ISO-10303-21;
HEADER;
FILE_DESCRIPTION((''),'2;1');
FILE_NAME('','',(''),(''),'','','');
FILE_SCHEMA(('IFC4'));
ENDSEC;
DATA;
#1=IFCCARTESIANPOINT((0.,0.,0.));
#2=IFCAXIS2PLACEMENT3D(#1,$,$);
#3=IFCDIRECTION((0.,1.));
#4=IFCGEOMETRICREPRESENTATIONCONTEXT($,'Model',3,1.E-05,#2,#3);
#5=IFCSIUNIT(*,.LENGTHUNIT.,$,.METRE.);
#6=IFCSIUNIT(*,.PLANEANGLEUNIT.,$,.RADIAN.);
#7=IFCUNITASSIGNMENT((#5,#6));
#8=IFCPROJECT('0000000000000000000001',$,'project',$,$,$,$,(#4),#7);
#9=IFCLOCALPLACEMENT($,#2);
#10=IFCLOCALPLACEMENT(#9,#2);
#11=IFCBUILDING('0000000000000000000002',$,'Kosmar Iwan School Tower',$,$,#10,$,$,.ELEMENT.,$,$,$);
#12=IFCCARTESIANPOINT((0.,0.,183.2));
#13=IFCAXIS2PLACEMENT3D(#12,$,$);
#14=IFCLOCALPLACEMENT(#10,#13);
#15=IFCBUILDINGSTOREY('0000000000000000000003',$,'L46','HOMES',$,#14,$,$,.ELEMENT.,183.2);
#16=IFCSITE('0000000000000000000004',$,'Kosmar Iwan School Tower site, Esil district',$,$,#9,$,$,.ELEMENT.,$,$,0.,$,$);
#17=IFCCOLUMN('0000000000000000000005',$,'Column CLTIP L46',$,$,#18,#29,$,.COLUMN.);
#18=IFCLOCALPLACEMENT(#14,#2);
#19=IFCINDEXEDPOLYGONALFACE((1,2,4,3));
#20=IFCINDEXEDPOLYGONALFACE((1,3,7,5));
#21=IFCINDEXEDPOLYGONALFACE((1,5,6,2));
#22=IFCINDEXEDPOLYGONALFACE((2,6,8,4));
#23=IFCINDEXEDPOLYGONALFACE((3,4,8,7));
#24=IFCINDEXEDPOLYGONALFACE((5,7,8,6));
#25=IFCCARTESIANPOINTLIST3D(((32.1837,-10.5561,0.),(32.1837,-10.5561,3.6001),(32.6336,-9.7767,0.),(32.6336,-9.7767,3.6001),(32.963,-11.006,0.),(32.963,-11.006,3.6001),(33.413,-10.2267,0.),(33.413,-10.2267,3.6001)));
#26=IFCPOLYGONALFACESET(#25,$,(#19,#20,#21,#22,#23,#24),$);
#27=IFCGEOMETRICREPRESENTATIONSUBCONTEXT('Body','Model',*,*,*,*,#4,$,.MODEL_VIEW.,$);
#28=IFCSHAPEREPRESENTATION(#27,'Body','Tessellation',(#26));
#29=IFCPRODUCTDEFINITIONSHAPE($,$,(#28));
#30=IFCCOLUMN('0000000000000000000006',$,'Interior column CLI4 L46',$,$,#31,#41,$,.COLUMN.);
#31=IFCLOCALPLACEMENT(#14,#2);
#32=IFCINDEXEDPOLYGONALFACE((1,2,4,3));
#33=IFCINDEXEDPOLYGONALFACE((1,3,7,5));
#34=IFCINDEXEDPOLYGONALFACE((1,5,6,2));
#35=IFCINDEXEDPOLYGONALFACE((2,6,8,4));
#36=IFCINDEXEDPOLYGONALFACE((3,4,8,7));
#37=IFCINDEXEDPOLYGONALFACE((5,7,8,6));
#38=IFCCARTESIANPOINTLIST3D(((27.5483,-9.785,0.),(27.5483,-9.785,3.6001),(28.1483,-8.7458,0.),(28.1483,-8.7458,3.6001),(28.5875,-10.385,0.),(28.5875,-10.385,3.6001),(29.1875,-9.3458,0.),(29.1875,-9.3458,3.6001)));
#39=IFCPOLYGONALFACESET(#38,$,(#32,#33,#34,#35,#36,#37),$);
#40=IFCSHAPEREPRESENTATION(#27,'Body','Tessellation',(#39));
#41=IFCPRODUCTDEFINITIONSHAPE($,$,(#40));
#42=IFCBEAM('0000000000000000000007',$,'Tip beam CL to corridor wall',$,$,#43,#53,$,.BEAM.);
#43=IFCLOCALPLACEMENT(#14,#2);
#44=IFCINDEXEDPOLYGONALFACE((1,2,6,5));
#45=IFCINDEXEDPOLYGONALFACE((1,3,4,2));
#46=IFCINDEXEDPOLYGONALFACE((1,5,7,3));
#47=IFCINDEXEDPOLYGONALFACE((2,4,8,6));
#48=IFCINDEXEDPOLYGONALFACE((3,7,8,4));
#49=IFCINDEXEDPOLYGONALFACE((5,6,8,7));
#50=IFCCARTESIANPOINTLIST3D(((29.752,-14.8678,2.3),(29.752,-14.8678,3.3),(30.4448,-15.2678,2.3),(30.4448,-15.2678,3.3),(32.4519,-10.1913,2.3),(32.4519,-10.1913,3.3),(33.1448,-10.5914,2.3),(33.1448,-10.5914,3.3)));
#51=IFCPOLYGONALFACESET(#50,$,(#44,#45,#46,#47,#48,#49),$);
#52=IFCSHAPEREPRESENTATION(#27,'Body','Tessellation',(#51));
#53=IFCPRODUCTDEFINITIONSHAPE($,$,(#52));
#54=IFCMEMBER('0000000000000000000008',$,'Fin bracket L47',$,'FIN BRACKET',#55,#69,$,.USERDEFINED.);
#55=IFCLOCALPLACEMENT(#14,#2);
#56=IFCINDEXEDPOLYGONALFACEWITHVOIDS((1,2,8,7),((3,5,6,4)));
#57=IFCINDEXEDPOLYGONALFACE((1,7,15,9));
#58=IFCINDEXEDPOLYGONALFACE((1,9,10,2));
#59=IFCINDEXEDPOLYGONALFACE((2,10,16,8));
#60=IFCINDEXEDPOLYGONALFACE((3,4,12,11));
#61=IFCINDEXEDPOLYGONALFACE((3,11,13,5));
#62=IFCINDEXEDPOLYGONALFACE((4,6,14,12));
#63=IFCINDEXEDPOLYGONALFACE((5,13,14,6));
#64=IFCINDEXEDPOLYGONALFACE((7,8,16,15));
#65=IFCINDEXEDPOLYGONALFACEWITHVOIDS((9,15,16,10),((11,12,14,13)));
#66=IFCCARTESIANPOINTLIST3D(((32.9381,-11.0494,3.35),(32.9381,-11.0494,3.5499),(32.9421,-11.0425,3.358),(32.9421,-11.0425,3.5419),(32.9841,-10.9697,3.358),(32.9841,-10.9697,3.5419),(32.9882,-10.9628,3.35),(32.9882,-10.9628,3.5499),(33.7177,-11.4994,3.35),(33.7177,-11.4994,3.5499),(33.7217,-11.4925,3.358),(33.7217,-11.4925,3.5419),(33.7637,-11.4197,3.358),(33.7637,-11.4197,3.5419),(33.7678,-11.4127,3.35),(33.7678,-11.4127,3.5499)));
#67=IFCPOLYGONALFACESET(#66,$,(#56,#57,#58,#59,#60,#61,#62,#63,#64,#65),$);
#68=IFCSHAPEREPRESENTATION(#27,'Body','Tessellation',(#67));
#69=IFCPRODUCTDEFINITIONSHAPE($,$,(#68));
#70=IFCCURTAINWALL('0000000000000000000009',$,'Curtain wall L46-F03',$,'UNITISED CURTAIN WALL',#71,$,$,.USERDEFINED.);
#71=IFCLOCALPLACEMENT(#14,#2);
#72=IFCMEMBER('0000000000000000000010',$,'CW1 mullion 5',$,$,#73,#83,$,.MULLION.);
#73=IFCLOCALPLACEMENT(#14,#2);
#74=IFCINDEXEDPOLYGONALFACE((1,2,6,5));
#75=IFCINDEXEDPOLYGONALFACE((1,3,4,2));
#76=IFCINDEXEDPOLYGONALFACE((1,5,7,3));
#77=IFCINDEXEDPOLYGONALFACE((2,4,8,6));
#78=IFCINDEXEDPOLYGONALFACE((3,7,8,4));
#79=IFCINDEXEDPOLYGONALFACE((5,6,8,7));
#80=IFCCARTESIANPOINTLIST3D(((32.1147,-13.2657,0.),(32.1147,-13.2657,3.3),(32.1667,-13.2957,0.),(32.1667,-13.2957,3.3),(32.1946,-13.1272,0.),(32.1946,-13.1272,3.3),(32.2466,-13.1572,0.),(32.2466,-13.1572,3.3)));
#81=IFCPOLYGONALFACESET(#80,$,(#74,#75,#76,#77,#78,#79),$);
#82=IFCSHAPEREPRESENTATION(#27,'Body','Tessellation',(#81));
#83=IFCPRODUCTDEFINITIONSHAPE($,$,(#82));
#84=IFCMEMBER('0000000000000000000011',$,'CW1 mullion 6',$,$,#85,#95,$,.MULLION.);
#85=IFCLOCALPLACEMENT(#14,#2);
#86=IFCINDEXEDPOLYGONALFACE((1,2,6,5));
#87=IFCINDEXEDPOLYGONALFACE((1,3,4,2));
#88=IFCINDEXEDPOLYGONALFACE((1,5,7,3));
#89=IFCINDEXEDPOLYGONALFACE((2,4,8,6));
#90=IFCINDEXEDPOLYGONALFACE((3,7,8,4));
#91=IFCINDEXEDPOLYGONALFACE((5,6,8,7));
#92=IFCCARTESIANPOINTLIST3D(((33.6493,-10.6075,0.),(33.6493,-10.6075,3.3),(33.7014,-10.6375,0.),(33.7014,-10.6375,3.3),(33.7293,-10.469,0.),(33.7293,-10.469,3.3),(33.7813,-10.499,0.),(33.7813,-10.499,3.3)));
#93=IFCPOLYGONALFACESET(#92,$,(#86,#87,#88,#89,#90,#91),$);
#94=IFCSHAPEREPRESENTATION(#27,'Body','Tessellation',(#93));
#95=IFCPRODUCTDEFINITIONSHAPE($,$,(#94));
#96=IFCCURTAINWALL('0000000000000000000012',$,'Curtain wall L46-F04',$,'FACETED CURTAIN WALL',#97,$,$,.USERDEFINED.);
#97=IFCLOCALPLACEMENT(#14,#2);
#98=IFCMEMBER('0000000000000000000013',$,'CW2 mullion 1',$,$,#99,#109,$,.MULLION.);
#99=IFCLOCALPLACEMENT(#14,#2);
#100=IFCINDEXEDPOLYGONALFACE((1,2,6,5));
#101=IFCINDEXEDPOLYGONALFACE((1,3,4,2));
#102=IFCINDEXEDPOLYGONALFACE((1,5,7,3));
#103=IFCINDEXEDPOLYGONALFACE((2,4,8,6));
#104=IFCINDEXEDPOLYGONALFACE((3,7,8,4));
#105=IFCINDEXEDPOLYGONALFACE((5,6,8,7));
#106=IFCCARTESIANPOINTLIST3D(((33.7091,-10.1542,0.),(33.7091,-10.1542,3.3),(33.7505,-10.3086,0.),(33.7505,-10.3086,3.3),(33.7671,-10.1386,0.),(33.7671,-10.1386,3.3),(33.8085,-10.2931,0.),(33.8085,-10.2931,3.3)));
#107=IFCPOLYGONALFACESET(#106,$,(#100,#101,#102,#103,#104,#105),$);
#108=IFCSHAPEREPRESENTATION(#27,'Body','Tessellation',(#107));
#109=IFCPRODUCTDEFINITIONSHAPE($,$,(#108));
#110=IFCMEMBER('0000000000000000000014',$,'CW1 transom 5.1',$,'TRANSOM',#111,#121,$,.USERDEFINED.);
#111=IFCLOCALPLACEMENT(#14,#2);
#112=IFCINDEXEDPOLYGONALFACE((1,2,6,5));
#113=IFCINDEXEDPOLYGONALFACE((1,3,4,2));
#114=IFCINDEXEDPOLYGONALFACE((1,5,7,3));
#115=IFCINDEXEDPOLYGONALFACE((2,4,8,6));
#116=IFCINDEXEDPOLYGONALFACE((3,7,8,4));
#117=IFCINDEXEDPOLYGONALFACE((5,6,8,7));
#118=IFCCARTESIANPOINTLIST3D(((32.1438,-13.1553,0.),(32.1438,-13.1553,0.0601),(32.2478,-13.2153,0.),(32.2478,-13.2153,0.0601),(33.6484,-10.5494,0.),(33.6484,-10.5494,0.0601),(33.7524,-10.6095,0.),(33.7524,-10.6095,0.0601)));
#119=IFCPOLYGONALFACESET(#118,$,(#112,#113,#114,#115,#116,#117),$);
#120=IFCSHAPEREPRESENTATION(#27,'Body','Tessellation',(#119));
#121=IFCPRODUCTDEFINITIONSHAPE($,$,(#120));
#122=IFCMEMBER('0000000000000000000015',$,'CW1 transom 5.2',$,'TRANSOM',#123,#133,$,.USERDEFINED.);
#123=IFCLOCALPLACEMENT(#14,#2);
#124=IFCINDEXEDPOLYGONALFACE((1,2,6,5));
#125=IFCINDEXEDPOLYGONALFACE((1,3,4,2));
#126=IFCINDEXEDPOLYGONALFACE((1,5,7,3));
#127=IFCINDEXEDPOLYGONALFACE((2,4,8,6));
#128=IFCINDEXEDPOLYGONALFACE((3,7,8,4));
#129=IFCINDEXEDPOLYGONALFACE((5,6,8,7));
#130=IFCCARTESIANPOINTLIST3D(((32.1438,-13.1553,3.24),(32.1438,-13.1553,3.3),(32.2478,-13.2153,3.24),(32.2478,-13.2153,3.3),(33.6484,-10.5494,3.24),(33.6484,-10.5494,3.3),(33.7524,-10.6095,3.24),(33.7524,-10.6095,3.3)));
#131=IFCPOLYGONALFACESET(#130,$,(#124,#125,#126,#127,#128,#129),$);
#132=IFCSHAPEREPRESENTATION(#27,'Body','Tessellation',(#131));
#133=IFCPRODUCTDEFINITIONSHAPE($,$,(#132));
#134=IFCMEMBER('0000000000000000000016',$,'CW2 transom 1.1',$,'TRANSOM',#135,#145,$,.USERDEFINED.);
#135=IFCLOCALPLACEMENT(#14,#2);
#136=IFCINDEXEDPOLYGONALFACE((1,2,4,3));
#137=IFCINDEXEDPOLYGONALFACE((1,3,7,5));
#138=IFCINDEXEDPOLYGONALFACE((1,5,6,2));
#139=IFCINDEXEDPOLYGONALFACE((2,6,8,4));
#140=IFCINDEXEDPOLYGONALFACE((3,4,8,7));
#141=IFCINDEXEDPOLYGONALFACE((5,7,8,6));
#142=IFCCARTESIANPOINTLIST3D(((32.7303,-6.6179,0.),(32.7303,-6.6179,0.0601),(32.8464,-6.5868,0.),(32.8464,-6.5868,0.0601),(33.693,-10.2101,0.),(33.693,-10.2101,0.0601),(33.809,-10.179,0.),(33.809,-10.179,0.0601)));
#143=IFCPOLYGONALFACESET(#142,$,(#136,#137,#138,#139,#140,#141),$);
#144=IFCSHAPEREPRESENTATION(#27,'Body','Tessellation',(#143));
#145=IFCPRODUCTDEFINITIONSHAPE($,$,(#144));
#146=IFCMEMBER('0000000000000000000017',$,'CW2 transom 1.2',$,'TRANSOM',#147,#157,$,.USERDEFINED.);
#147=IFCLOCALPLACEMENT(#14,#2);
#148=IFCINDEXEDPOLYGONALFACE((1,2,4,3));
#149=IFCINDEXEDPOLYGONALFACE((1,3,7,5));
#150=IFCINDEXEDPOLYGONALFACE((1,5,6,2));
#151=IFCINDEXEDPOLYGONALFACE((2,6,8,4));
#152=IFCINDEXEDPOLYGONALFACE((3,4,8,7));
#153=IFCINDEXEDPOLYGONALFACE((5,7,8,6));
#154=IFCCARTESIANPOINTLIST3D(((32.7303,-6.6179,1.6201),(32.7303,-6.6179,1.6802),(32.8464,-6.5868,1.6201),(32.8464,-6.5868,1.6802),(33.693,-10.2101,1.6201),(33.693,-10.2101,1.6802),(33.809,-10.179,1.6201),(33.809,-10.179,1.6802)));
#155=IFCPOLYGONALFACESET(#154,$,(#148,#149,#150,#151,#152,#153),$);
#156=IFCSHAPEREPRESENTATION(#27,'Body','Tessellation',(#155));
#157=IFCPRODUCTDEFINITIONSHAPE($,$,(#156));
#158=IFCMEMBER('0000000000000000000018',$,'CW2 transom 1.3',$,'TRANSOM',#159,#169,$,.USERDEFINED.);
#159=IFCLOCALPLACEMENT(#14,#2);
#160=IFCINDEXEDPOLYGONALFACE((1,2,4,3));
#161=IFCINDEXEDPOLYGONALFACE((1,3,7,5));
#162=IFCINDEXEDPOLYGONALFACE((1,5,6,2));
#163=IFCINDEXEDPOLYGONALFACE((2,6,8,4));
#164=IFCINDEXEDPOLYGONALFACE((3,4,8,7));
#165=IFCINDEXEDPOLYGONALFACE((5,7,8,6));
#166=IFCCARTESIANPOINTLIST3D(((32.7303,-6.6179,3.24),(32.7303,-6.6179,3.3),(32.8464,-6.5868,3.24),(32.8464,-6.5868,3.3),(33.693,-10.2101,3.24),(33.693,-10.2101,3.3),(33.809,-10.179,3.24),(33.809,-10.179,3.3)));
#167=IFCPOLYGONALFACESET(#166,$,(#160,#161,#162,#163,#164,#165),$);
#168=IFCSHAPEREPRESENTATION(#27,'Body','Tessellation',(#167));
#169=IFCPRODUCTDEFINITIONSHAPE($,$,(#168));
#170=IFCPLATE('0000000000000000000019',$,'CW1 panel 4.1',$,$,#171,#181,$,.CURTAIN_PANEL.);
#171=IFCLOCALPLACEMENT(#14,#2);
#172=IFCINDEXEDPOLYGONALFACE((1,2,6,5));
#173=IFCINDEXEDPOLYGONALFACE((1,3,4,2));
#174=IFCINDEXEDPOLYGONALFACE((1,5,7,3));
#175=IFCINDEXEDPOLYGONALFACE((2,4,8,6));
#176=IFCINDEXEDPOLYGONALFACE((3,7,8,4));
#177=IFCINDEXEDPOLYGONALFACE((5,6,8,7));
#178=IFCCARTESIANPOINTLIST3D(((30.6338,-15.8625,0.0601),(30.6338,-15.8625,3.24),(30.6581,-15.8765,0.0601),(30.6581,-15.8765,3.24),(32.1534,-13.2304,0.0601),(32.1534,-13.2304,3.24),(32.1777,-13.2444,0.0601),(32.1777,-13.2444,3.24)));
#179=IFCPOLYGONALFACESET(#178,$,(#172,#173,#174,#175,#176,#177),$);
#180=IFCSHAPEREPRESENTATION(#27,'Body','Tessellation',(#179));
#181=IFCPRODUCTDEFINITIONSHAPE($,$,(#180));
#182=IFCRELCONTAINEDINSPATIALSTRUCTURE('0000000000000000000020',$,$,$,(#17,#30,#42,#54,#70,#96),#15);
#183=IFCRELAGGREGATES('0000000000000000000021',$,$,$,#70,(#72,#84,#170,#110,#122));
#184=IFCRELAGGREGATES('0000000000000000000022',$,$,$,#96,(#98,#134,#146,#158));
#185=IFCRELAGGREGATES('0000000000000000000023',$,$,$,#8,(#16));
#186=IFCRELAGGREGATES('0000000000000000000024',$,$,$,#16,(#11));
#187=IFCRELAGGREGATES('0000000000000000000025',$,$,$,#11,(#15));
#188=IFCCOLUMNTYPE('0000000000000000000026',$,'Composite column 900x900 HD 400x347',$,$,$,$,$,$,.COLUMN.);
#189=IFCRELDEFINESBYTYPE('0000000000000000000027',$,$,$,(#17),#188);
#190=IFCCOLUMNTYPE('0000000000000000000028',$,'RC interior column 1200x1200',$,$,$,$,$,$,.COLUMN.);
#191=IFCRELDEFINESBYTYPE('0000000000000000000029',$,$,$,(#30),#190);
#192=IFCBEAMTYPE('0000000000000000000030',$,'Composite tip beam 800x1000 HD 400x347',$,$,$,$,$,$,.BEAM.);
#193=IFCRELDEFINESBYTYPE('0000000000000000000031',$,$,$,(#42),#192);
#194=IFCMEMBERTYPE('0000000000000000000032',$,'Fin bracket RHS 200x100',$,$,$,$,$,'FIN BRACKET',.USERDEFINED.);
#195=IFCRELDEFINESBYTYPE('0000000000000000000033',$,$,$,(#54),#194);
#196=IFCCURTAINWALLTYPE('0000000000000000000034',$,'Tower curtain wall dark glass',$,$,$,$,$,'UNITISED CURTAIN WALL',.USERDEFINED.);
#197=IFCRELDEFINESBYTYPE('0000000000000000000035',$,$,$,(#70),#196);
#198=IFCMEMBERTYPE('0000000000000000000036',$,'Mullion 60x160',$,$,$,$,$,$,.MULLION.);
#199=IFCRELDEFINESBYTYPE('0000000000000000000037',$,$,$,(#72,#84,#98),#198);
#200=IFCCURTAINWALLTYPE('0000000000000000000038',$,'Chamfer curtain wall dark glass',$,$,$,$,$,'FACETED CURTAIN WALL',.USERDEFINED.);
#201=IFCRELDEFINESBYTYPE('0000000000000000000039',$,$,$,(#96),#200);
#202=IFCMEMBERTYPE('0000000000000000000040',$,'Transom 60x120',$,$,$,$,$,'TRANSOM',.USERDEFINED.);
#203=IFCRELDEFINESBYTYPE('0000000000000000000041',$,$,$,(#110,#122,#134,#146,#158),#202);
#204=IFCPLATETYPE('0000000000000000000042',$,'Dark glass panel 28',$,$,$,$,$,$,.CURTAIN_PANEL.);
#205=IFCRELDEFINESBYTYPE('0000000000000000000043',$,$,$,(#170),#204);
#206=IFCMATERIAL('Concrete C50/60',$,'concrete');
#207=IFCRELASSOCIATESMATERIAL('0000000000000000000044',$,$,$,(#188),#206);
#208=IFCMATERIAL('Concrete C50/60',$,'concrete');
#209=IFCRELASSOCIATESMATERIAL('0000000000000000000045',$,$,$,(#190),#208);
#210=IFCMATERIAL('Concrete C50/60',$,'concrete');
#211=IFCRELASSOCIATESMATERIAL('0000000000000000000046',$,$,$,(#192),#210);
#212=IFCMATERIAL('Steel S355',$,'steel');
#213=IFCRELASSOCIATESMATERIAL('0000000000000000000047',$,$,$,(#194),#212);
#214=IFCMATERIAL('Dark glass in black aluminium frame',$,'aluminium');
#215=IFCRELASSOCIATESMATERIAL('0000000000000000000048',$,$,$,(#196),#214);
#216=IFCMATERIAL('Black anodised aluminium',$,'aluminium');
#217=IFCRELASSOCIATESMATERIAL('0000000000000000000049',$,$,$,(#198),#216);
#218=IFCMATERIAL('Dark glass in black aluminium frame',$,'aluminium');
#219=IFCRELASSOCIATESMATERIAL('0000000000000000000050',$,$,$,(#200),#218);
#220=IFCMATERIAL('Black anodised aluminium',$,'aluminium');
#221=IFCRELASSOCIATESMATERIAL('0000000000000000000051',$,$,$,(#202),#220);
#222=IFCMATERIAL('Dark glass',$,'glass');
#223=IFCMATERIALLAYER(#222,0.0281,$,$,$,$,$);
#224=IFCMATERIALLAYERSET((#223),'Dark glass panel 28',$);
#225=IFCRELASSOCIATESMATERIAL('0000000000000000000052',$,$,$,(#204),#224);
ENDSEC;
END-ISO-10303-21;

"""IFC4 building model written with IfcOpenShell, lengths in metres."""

from ifc_helpers import new_model, si_unit, direction, frame, origin, origin_2d, place, context, subcontext, project, spatial, rectangle, hollow_rectangle, extrude, material, layer, layer_set, material_profile, profile_set, type_object, element, aggregate, save


model = new_model("IFC4")

# Units and contexts
model_context = context("Model", 3, precision=1e-05, world=origin(), true_north=direction((0.0, 1.0)))
body_context = subcontext(model_context, "Body", "Model", "MODEL_VIEW")
ifc_project = project(units=[si_unit("LENGTHUNIT", "METRE"), si_unit("PLANEANGLEUNIT", "RADIAN")], contexts=[model_context])

# Site, building, storey
site_placement = place(None, origin())
site = spatial("IfcSite", under=ifc_project, at=site_placement, Name="Kosmar Iwan School Tower site, Esil district", CompositionType="ELEMENT", RefElevation=0.0)
building_placement = place(site_placement, origin())
building = spatial("IfcBuilding", under=site, at=building_placement, Name="Kosmar Iwan School Tower", CompositionType="ELEMENT")
storey_placement = place(building_placement, frame((0.0, 0.0, 183.2)))
storey = spatial("IfcBuildingStorey", under=building, at=storey_placement, Name="L46", Description="HOMES", CompositionType="ELEMENT", Elevation=183.2)

# Columns
ifc_material_1 = material(Name="Concrete C50/60", Category="concrete")
ifc_material_profile_1 = material_profile(ifc_material_1, rectangle(XDim=0.8999, YDim=0.8999, at=origin_2d()), Name="RC 900x900 + HD 400x347")
ifc_profile_set_1 = profile_set([ifc_material_profile_1], Name="Concrete C50/60")
column_type_1 = type_object("IfcColumnType", Name="Composite column 900x900 HD 400x347", PredefinedType="COLUMN", material=ifc_profile_set_1)
column_1_placement = place(storey_placement, frame((32.7983, -10.3914, 0.0), z_axis=(0.0, 0.0, 1.0), x_axis=(0.866025, -0.5, 0.0)))
element("IfcColumn", 1, at=column_1_placement, inside=storey, type_object=column_type_1, Name="Column CLTIP L46", PredefinedType="COLUMN", context=body_context, shape_type="SweptSolid", body=[
    extrude(rectangle(XDim=0.8999, YDim=0.8999, at=origin_2d()), origin(), (0.0, 0.0, 1.0), 3.6001),
])
ifc_material_2 = material(Name="Concrete C50/60", Category="concrete")
ifc_material_profile_2 = material_profile(ifc_material_2, rectangle(XDim=1.2, YDim=1.2, at=origin_2d()), Name="RC 1200x1200")
ifc_profile_set_2 = profile_set([ifc_material_profile_2], Name="Concrete C50/60")
column_type_2 = type_object("IfcColumnType", Name="RC interior column 1200x1200", PredefinedType="COLUMN", material=ifc_profile_set_2)
column_2_placement = place(storey_placement, frame((28.3679, -9.5654, 0.0), z_axis=(0.0, 0.0, 1.0), x_axis=(0.866025, -0.5, 0.0)))
element("IfcColumn", 2, at=column_2_placement, inside=storey, type_object=column_type_2, Name="Interior column CLI4 L46", PredefinedType="COLUMN", context=body_context, shape_type="SweptSolid", body=[
    extrude(rectangle(XDim=1.2, YDim=1.2, at=origin_2d()), origin(), (0.0, 0.0, 1.0), 3.6001),
])

# Beam
ifc_material_3 = material(Name="Concrete C50/60", Category="concrete")
ifc_material_profile_3 = material_profile(ifc_material_3, rectangle(XDim=0.8, YDim=1.0, at=origin_2d()), Name="RC 800x1000 + HD 400x347")
ifc_profile_set_3 = profile_set([ifc_material_profile_3], Name="Concrete C50/60")
beam_type = type_object("IfcBeamType", Name="Composite tip beam 800x1000 HD 400x347", PredefinedType="BEAM", material=ifc_profile_set_3)
beam_placement = place(storey_placement, frame((32.7983, -10.3914, 2.8), z_axis=(-0.499995, -0.866028, 0.0), x_axis=(0.866028, -0.499995, 0.0)))
element("IfcBeam", 3, at=beam_placement, inside=storey, type_object=beam_type, Name="Tip beam CL to corridor wall", PredefinedType="BEAM", context=body_context, shape_type="SweptSolid", body=[
    extrude(rectangle(XDim=0.8, YDim=1.0, at=origin_2d()), origin(), (0.0, 0.0, 1.0), 5.3999),
])

# Member
ifc_material_4 = material(Name="Steel S355", Category="steel")
ifc_material_profile_4 = material_profile(ifc_material_4, hollow_rectangle(XDim=0.1001, YDim=0.2, WallThickness=0.0081, at=origin_2d()), Name="RHS 200x100x8")
ifc_profile_set_4 = profile_set([ifc_material_profile_4], Name="Steel S355")
member_type_1 = type_object("IfcMemberType", Name="Fin bracket RHS 200x100", ElementType="FIN BRACKET", PredefinedType="USERDEFINED", material=ifc_profile_set_4)
member_1_placement = place(storey_placement, frame((32.9631, -11.0061, 3.45), z_axis=(0.866082, -0.499902, 0.0), x_axis=(0.499902, 0.866082, 0.0)))
element("IfcMember", 4, at=member_1_placement, inside=storey, type_object=member_type_1, Name="Fin bracket L47", ObjectType="FIN BRACKET", PredefinedType="USERDEFINED", context=body_context, shape_type="SweptSolid", body=[
    extrude(hollow_rectangle(XDim=0.1001, YDim=0.2, WallThickness=0.0081, at=origin_2d()), origin(), (0.0, 0.0, 1.0), 0.9001),
])

# Curtain wall, members
ifc_material_5 = material(Name="Dark glass in black aluminium frame", Category="aluminium")
curtain_wall_type_1 = type_object("IfcCurtainWallType", Name="Tower curtain wall dark glass", ElementType="UNITISED CURTAIN WALL", PredefinedType="USERDEFINED", material=ifc_material_5)
curtain_wall_1_placement = place(storey_placement, origin())
curtain_wall_1 = element("IfcCurtainWall", 5, at=curtain_wall_1_placement, inside=storey, type_object=curtain_wall_type_1, Name="Curtain wall L46-F03", ObjectType="UNITISED CURTAIN WALL", PredefinedType="USERDEFINED")
ifc_material_6 = material(Name="Black anodised aluminium", Category="aluminium")
ifc_material_profile_5 = material_profile(ifc_material_6, rectangle(XDim=0.0601, YDim=0.1599, at=origin_2d()), Name="MULLION 60x160")
ifc_profile_set_5 = profile_set([ifc_material_profile_5], Name="Black anodised aluminium")
member_type_2 = type_object("IfcMemberType", Name="Mullion 60x160", PredefinedType="MULLION", material=ifc_profile_set_5)
member_2_placement = place(storey_placement, frame((32.1807, -13.2114, 0.0), z_axis=(0.0, 0.0, 1.0), x_axis=(-0.866025, 0.5, 0.0)))
member_2 = element("IfcMember", 6, at=member_2_placement, type_object=member_type_2, Name="CW1 mullion 5", PredefinedType="MULLION", context=body_context, shape_type="SweptSolid", body=[
    extrude(rectangle(XDim=0.0601, YDim=0.1599, at=origin_2d()), origin(), (0.0, 0.0, 1.0), 3.3),
])
member_3_placement = place(storey_placement, frame((33.7153, -10.5532, 0.0), z_axis=(0.0, 0.0, 1.0), x_axis=(-0.866025, 0.5, 0.0)))
member_3 = element("IfcMember", 7, at=member_3_placement, type_object=member_type_2, Name="CW1 mullion 6", PredefinedType="MULLION", context=body_context, shape_type="SweptSolid", body=[
    extrude(rectangle(XDim=0.0601, YDim=0.1599, at=origin_2d()), origin(), (0.0, 0.0, 1.0), 3.3),
])

# Curtain wall, member
ifc_material_7 = material(Name="Dark glass in black aluminium frame", Category="aluminium")
curtain_wall_type_2 = type_object("IfcCurtainWallType", Name="Chamfer curtain wall dark glass", ElementType="FACETED CURTAIN WALL", PredefinedType="USERDEFINED", material=ifc_material_7)
curtain_wall_2_placement = place(storey_placement, origin())
curtain_wall_2 = element("IfcCurtainWall", 8, at=curtain_wall_2_placement, inside=storey, type_object=curtain_wall_type_2, Name="Curtain wall L46-F04", ObjectType="FACETED CURTAIN WALL", PredefinedType="USERDEFINED")
member_4_placement = place(storey_placement, frame((33.7588, -10.2236, 0.0), z_axis=(0.0, 0.0, 1.0), x_axis=(-0.965926, -0.258819, 0.0)))
member_4 = element("IfcMember", 9, at=member_4_placement, type_object=member_type_2, Name="CW2 mullion 1", PredefinedType="MULLION", context=body_context, shape_type="SweptSolid", body=[
    extrude(rectangle(XDim=0.0601, YDim=0.1599, at=origin_2d()), origin(), (0.0, 0.0, 1.0), 3.3),
])

# Members
ifc_material_8 = material(Name="Black anodised aluminium", Category="aluminium")
ifc_material_profile_6 = material_profile(ifc_material_8, rectangle(XDim=0.1201, YDim=0.0601, at=origin_2d()), Name="TRANSOM 60x120")
ifc_profile_set_6 = profile_set([ifc_material_profile_6], Name="Black anodised aluminium")
member_type_3 = type_object("IfcMemberType", Name="Transom 60x120", ElementType="TRANSOM", PredefinedType="USERDEFINED", material=ifc_profile_set_6)
member_5_placement = place(storey_placement, frame((32.1958, -13.1853, 0.03), z_axis=(0.500022, 0.866013, 0.0), x_axis=(-0.866013, 0.500022, 0.0)))
member_5 = element("IfcMember", 10, at=member_5_placement, type_object=member_type_3, Name="CW1 transom 5.1", ObjectType="TRANSOM", PredefinedType="USERDEFINED", context=body_context, shape_type="SweptSolid", body=[
    extrude(rectangle(XDim=0.1201, YDim=0.0601, at=origin_2d()), origin(), (0.0, 0.0, 1.0), 3.009),
])
member_6_placement = place(storey_placement, frame((32.1958, -13.1853, 3.27), z_axis=(0.500022, 0.866013, 0.0), x_axis=(-0.866013, 0.500022, 0.0)))
member_6 = element("IfcMember", 11, at=member_6_placement, type_object=member_type_3, Name="CW1 transom 5.2", ObjectType="TRANSOM", PredefinedType="USERDEFINED", context=body_context, shape_type="SweptSolid", body=[
    extrude(rectangle(XDim=0.1201, YDim=0.0601, at=origin_2d()), origin(), (0.0, 0.0, 1.0), 3.009),
])
member_7_placement = place(storey_placement, frame((33.751, -10.1946, 0.03), z_axis=(-0.258843, 0.965919, 0.0), x_axis=(-0.965919, -0.258843, 0.0)))
member_7 = element("IfcMember", 12, at=member_7_placement, type_object=member_type_3, Name="CW2 transom 1.1", ObjectType="TRANSOM", PredefinedType="USERDEFINED", context=body_context, shape_type="SweptSolid", body=[
    extrude(rectangle(XDim=0.1201, YDim=0.0601, at=origin_2d()), origin(), (0.0, 0.0, 1.0), 3.719),
])
member_8_placement = place(storey_placement, frame((33.751, -10.1946, 1.6501), z_axis=(-0.258843, 0.965919, 0.0), x_axis=(-0.965919, -0.258843, 0.0)))
member_8 = element("IfcMember", 13, at=member_8_placement, type_object=member_type_3, Name="CW2 transom 1.2", ObjectType="TRANSOM", PredefinedType="USERDEFINED", context=body_context, shape_type="SweptSolid", body=[
    extrude(rectangle(XDim=0.1201, YDim=0.0601, at=origin_2d()), origin(), (0.0, 0.0, 1.0), 3.719),
])
member_9_placement = place(storey_placement, frame((33.751, -10.1946, 3.27), z_axis=(-0.258843, 0.965919, 0.0), x_axis=(-0.965919, -0.258843, 0.0)))
member_9 = element("IfcMember", 14, at=member_9_placement, type_object=member_type_3, Name="CW2 transom 1.3", ObjectType="TRANSOM", PredefinedType="USERDEFINED", context=body_context, shape_type="SweptSolid", body=[
    extrude(rectangle(XDim=0.1201, YDim=0.0601, at=origin_2d()), origin(), (0.0, 0.0, 1.0), 3.719),
])

# Plate
ifc_material_9 = material(Name="Dark glass", Category="glass")
ifc_layer_1 = layer(ifc_material_9, 0.0281)
ifc_layer_set_1 = layer_set([ifc_layer_1], Name="Dark glass panel 28")
plate_type = type_object("IfcPlateType", Name="Dark glass panel 28", PredefinedType="CURTAIN_PANEL", material=ifc_layer_set_1)
plate_1_placement = place(storey_placement, frame((31.4058, -14.5535, 0.0601), z_axis=(0.0, 0.0, 1.0), x_axis=(0.5, 0.866025, 0.0)))
plate_1 = element("IfcPlate", 15, at=plate_1_placement, type_object=plate_type, Name="CW1 panel 4.1", PredefinedType="CURTAIN_PANEL", context=body_context, shape_type="SweptSolid", body=[
    extrude(rectangle(XDim=3.0393, YDim=0.0281, at=origin_2d()), origin(), (0.0, 0.0, 1.0), 3.1799),
])
aggregate(curtain_wall_1, [member_2, member_3, plate_1, member_5, member_6])
aggregate(curtain_wall_2, [member_4, member_7, member_8, member_9])

save(model, "model.ifc")
